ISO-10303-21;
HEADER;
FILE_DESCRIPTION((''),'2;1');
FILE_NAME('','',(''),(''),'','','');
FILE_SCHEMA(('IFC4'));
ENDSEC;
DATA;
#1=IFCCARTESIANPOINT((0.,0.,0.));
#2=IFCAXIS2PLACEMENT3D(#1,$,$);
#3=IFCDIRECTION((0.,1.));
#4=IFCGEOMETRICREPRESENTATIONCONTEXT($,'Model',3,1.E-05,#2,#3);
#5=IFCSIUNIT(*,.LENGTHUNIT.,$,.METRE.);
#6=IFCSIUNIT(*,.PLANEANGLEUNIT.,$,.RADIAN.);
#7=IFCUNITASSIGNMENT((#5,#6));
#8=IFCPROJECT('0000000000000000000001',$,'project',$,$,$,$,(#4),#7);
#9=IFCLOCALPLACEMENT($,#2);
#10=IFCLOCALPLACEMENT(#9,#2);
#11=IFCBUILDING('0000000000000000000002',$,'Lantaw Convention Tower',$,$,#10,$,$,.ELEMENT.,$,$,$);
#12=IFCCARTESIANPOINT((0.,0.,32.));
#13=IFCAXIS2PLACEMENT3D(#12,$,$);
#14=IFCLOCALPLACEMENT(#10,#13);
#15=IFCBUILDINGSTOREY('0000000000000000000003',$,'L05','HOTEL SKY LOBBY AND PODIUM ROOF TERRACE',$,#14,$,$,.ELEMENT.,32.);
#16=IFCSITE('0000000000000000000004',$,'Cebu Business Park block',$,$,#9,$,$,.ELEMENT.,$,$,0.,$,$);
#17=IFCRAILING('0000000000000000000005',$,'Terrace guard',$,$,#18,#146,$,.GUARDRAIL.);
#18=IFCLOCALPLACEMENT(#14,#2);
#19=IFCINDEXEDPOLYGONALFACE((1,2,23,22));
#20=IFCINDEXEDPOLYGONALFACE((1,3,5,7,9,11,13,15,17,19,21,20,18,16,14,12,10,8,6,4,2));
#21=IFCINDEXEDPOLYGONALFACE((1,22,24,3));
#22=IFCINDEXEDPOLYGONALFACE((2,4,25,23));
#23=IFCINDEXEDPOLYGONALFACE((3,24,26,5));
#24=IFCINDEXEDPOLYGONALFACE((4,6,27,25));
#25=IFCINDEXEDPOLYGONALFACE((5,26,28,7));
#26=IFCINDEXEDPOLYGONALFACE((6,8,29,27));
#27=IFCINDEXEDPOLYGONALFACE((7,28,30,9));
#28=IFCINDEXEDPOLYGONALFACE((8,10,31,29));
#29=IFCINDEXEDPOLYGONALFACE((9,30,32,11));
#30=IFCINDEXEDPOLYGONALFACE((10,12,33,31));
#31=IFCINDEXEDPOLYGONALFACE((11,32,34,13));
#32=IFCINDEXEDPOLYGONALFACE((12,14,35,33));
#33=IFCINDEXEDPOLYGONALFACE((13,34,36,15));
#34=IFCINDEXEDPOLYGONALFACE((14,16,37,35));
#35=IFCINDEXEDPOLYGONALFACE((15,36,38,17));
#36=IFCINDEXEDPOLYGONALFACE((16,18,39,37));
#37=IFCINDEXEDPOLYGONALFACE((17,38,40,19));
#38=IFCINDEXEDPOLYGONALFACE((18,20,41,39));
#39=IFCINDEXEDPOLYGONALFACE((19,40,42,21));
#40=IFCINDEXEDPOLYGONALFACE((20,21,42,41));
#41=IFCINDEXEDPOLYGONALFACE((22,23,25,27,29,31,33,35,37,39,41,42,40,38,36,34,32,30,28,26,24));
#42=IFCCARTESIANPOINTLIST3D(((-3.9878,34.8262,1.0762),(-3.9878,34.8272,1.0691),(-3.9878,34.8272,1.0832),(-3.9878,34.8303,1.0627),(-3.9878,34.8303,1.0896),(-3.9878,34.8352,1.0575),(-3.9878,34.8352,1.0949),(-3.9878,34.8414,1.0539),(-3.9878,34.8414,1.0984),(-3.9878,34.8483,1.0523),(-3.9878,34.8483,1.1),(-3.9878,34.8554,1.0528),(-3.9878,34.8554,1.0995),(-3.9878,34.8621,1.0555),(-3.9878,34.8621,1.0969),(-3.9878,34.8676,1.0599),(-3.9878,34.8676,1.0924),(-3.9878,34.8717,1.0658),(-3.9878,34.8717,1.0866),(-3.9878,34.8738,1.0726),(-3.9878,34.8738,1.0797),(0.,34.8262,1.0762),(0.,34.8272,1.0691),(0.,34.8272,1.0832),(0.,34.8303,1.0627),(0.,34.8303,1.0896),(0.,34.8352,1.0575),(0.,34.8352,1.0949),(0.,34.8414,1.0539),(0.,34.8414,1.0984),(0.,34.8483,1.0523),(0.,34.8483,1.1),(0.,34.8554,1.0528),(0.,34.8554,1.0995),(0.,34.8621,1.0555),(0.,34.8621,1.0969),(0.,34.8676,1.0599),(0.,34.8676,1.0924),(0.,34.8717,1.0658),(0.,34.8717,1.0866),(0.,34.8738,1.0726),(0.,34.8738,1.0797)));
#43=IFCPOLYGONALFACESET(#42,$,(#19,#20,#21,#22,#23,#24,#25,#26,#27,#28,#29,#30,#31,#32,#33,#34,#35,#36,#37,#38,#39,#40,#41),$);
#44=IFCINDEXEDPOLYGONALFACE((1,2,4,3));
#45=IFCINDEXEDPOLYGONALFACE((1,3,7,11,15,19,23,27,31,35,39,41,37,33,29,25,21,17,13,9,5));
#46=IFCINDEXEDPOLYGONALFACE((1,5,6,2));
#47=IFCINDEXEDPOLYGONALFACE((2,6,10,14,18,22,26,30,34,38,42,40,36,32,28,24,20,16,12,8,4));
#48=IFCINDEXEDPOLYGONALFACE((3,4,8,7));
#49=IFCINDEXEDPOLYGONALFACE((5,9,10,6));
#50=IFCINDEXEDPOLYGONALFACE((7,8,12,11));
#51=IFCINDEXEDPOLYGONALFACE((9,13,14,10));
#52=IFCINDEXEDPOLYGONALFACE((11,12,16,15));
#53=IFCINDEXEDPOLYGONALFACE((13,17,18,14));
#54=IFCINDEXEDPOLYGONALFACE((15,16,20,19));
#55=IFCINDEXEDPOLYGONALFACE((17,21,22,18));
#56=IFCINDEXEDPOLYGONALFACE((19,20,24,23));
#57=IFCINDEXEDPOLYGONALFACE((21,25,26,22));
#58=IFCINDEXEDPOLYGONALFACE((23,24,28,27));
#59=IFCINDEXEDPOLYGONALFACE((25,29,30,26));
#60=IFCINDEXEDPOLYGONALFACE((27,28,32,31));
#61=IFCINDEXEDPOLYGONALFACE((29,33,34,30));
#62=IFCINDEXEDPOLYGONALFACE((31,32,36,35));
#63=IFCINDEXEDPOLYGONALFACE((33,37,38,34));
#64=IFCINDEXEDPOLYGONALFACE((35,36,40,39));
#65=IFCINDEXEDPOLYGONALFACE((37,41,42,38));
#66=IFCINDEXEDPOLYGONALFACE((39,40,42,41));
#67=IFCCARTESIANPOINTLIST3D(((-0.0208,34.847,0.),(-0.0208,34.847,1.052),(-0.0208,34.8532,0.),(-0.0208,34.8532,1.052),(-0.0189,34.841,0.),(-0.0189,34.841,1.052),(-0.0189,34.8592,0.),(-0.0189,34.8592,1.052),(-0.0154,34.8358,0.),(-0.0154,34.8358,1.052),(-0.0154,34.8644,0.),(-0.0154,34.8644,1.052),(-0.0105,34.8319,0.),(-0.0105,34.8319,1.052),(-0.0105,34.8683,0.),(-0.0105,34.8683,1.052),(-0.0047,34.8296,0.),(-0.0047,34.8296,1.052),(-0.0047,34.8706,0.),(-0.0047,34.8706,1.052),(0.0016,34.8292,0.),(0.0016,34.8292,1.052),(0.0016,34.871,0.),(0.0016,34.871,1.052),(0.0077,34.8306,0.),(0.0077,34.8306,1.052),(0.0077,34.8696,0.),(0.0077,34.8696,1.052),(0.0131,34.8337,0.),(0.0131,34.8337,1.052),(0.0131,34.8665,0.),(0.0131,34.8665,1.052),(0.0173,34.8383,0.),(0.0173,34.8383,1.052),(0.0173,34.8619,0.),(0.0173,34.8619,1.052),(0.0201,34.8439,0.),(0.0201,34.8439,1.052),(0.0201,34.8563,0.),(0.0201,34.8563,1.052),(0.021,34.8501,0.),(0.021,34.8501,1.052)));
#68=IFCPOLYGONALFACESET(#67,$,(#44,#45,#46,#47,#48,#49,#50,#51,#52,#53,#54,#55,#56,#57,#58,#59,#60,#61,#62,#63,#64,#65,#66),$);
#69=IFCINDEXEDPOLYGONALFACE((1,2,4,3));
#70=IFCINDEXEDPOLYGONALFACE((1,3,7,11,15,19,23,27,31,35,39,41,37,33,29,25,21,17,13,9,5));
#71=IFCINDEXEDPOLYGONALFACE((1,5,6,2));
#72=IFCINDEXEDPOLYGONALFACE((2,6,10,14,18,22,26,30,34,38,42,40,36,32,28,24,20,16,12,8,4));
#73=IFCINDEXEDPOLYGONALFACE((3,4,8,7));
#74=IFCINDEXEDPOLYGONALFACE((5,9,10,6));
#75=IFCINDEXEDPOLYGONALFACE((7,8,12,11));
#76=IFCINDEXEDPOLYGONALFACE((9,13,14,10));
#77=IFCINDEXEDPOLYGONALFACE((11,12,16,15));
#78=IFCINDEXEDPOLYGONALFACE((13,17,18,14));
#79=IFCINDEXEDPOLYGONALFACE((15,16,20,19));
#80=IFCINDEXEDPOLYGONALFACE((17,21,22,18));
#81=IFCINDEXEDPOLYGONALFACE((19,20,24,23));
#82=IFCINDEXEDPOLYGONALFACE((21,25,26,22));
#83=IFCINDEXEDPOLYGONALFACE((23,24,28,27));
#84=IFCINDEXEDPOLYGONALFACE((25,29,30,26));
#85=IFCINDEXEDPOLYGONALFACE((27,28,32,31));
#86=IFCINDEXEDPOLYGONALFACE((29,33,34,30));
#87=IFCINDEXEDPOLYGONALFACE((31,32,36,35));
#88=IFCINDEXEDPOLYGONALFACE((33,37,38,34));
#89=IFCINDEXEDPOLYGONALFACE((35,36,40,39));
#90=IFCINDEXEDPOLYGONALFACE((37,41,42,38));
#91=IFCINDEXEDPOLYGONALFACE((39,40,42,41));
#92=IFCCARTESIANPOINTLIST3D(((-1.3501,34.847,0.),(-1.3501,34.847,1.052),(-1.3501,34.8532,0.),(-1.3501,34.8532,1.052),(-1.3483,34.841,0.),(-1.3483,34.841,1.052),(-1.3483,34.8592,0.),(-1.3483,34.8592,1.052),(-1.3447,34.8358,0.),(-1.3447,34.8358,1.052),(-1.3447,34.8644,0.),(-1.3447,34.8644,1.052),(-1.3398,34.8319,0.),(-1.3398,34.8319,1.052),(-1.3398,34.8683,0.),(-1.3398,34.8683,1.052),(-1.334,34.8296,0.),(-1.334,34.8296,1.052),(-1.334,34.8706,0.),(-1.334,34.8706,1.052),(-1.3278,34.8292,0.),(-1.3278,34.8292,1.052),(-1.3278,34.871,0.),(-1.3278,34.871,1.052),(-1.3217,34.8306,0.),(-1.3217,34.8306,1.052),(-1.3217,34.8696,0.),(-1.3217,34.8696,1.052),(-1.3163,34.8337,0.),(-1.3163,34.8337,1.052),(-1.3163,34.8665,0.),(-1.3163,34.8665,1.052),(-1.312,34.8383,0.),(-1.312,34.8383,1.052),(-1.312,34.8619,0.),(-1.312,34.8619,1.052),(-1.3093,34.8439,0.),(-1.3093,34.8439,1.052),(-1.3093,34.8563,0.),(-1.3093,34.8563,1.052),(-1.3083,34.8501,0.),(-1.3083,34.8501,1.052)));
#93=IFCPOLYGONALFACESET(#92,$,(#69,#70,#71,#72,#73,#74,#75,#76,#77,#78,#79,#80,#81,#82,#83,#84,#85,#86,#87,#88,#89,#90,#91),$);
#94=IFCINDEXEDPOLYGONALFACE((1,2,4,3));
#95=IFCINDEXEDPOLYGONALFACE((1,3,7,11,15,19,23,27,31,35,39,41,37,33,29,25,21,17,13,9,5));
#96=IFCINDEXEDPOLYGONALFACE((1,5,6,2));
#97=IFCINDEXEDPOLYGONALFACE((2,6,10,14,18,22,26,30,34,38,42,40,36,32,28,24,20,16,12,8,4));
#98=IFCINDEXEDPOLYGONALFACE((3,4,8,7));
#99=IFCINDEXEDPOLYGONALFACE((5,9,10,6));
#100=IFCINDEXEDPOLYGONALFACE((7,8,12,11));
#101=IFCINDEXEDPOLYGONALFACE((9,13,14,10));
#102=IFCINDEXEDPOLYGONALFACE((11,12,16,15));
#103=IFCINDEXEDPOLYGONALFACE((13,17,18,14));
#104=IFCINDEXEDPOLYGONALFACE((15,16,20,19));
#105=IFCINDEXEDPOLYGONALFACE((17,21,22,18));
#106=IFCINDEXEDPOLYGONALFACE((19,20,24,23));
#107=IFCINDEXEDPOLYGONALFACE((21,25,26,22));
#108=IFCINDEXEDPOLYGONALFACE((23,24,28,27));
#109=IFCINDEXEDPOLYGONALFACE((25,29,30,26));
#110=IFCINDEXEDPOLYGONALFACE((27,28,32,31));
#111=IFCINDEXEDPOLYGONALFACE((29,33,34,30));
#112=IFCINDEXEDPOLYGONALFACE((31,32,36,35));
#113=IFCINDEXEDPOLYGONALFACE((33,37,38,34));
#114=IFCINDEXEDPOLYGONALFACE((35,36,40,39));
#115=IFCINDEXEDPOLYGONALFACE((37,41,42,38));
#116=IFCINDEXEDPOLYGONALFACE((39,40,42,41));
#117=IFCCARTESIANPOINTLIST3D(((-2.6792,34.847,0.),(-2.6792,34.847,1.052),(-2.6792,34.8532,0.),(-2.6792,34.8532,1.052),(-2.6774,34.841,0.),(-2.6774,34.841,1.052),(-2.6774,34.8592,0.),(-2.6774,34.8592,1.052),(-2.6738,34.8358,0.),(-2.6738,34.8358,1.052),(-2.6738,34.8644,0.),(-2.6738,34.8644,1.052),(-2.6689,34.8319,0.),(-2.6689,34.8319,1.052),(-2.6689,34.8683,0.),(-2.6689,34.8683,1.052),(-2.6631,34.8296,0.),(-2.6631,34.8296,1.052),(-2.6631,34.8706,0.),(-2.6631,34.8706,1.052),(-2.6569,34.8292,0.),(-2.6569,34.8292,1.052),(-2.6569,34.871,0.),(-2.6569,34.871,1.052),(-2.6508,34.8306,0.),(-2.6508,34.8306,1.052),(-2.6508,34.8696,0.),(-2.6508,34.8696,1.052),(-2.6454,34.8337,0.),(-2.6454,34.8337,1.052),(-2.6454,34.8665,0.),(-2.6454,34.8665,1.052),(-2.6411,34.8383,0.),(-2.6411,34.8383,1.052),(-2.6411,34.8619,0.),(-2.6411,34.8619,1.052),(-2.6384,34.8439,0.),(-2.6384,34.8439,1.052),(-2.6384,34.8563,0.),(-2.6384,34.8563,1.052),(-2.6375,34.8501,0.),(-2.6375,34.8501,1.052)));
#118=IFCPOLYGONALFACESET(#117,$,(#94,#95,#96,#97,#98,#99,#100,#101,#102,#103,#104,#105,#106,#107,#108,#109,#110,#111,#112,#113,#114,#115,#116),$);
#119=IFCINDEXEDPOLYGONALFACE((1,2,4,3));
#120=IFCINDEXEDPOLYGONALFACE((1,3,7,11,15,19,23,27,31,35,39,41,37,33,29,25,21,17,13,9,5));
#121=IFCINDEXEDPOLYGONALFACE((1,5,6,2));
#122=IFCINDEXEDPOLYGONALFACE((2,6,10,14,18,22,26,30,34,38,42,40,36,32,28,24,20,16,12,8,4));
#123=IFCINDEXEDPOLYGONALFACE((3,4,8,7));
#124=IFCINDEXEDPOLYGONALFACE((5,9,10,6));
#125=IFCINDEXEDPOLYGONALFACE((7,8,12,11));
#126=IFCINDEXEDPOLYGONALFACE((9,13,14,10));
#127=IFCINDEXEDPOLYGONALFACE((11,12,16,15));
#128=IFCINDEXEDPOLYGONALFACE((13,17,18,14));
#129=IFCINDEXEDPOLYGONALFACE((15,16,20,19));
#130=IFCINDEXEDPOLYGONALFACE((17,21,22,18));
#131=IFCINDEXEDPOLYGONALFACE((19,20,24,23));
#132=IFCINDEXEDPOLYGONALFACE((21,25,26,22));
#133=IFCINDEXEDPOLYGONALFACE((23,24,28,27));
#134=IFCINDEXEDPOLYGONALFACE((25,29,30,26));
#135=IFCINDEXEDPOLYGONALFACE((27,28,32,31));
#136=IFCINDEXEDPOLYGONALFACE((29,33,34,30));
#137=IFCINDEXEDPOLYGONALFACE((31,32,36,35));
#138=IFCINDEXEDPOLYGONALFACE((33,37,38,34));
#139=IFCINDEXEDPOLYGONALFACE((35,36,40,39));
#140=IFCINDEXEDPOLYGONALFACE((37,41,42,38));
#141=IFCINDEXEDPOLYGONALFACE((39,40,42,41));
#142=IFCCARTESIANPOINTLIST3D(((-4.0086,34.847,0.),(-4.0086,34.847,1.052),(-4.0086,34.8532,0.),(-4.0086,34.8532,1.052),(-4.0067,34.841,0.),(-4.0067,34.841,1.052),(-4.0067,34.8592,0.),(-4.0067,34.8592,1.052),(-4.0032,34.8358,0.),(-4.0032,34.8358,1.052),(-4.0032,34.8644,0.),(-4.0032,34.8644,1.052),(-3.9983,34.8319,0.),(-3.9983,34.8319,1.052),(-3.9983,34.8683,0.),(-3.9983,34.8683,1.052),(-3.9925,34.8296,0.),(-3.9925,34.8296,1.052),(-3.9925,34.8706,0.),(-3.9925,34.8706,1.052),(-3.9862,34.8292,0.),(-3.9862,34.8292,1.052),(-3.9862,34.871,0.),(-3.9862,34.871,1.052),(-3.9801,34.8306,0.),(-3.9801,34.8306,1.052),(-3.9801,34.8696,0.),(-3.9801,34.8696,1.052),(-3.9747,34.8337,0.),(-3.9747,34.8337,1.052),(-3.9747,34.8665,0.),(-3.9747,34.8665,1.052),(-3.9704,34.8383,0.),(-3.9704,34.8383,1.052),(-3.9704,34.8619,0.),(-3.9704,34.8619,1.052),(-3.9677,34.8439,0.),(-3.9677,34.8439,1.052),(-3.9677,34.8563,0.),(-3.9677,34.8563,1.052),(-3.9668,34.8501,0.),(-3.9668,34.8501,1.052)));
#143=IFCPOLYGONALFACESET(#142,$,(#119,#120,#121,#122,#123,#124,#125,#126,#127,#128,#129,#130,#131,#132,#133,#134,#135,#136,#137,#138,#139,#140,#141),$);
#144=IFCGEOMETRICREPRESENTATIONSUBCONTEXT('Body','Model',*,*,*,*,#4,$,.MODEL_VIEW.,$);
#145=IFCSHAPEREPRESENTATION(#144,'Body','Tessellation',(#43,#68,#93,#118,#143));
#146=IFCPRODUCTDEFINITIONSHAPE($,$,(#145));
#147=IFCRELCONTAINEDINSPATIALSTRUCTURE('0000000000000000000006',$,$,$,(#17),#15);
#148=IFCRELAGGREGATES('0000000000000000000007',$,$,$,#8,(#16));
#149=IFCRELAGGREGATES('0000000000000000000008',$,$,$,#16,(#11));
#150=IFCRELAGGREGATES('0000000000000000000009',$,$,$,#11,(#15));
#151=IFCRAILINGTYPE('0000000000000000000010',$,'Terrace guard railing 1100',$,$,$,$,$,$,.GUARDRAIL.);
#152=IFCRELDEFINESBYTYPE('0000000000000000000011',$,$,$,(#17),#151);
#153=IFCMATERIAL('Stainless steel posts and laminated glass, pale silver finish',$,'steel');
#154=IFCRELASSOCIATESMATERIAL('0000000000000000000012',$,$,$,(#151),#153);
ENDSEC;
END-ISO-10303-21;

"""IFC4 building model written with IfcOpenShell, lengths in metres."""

from ifc_helpers import new_model, si_unit, direction, frame, origin, origin_2d, place, context, subcontext, project, spatial, circle, extrude, material, type_object, element, save


model = new_model("IFC4")

# Units and contexts
model_context = context("Model", 3, precision=1e-05, world=origin(), true_north=direction((0.0, 1.0)))
body_context = subcontext(model_context, "Body", "Model", "MODEL_VIEW")
ifc_project = project(units=[si_unit("LENGTHUNIT", "METRE"), si_unit("PLANEANGLEUNIT", "RADIAN")], contexts=[model_context])

# Site, building, storey
site_placement = place(None, origin())
site = spatial("IfcSite", under=ifc_project, at=site_placement, Name="Cebu Business Park block", CompositionType="ELEMENT", RefElevation=0.0)
building_placement = place(site_placement, origin())
building = spatial("IfcBuilding", under=site, at=building_placement, Name="Lantaw Convention Tower", CompositionType="ELEMENT")
storey_placement = place(building_placement, frame((0.0, 0.0, 32.0)))
storey = spatial("IfcBuildingStorey", under=building, at=storey_placement, Name="L05", Description="HOTEL SKY LOBBY AND PODIUM ROOF TERRACE", CompositionType="ELEMENT", Elevation=32.0)

# Railing
ifc_material_1 = material(Name="Stainless steel posts and laminated glass, pale silver finish", Category="steel")
railing_type = type_object("IfcRailingType", Name="Terrace guard railing 1100", PredefinedType="GUARDRAIL", material=ifc_material_1)
railing_1_placement = place(storey_placement, frame((0.0, 34.8501, 0.0)))
element("IfcRailing", 1, at=railing_1_placement, inside=storey, type_object=railing_type, Name="Terrace guard", PredefinedType="GUARDRAIL", context=body_context, shape_type="SweptSolid", body=[
    extrude(circle(Radius=0.0239, at=origin_2d()), frame((0.0, 0.0, 1.0762), z_axis=(-1.0, 0.0, 0.0), x_axis=(0.0, -1.0, 0.0)), (0.0, 0.0, 1.0), 3.9878),
    extrude(circle(Radius=0.021, at=origin_2d()), origin(), (0.0, 0.0, 1.0), 1.052),
    extrude(circle(Radius=0.021, at=origin_2d()), frame((-1.3293, 0.0, 0.0)), (0.0, 0.0, 1.0), 1.052),
    extrude(circle(Radius=0.021, at=origin_2d()), frame((-2.6584, 0.0, 0.0)), (0.0, 0.0, 1.0), 1.052),
    extrude(circle(Radius=0.021, at=origin_2d()), frame((-3.9878, 0.0, 0.0)), (0.0, 0.0, 1.0), 1.052),
])

save(model, "model.ifc")
